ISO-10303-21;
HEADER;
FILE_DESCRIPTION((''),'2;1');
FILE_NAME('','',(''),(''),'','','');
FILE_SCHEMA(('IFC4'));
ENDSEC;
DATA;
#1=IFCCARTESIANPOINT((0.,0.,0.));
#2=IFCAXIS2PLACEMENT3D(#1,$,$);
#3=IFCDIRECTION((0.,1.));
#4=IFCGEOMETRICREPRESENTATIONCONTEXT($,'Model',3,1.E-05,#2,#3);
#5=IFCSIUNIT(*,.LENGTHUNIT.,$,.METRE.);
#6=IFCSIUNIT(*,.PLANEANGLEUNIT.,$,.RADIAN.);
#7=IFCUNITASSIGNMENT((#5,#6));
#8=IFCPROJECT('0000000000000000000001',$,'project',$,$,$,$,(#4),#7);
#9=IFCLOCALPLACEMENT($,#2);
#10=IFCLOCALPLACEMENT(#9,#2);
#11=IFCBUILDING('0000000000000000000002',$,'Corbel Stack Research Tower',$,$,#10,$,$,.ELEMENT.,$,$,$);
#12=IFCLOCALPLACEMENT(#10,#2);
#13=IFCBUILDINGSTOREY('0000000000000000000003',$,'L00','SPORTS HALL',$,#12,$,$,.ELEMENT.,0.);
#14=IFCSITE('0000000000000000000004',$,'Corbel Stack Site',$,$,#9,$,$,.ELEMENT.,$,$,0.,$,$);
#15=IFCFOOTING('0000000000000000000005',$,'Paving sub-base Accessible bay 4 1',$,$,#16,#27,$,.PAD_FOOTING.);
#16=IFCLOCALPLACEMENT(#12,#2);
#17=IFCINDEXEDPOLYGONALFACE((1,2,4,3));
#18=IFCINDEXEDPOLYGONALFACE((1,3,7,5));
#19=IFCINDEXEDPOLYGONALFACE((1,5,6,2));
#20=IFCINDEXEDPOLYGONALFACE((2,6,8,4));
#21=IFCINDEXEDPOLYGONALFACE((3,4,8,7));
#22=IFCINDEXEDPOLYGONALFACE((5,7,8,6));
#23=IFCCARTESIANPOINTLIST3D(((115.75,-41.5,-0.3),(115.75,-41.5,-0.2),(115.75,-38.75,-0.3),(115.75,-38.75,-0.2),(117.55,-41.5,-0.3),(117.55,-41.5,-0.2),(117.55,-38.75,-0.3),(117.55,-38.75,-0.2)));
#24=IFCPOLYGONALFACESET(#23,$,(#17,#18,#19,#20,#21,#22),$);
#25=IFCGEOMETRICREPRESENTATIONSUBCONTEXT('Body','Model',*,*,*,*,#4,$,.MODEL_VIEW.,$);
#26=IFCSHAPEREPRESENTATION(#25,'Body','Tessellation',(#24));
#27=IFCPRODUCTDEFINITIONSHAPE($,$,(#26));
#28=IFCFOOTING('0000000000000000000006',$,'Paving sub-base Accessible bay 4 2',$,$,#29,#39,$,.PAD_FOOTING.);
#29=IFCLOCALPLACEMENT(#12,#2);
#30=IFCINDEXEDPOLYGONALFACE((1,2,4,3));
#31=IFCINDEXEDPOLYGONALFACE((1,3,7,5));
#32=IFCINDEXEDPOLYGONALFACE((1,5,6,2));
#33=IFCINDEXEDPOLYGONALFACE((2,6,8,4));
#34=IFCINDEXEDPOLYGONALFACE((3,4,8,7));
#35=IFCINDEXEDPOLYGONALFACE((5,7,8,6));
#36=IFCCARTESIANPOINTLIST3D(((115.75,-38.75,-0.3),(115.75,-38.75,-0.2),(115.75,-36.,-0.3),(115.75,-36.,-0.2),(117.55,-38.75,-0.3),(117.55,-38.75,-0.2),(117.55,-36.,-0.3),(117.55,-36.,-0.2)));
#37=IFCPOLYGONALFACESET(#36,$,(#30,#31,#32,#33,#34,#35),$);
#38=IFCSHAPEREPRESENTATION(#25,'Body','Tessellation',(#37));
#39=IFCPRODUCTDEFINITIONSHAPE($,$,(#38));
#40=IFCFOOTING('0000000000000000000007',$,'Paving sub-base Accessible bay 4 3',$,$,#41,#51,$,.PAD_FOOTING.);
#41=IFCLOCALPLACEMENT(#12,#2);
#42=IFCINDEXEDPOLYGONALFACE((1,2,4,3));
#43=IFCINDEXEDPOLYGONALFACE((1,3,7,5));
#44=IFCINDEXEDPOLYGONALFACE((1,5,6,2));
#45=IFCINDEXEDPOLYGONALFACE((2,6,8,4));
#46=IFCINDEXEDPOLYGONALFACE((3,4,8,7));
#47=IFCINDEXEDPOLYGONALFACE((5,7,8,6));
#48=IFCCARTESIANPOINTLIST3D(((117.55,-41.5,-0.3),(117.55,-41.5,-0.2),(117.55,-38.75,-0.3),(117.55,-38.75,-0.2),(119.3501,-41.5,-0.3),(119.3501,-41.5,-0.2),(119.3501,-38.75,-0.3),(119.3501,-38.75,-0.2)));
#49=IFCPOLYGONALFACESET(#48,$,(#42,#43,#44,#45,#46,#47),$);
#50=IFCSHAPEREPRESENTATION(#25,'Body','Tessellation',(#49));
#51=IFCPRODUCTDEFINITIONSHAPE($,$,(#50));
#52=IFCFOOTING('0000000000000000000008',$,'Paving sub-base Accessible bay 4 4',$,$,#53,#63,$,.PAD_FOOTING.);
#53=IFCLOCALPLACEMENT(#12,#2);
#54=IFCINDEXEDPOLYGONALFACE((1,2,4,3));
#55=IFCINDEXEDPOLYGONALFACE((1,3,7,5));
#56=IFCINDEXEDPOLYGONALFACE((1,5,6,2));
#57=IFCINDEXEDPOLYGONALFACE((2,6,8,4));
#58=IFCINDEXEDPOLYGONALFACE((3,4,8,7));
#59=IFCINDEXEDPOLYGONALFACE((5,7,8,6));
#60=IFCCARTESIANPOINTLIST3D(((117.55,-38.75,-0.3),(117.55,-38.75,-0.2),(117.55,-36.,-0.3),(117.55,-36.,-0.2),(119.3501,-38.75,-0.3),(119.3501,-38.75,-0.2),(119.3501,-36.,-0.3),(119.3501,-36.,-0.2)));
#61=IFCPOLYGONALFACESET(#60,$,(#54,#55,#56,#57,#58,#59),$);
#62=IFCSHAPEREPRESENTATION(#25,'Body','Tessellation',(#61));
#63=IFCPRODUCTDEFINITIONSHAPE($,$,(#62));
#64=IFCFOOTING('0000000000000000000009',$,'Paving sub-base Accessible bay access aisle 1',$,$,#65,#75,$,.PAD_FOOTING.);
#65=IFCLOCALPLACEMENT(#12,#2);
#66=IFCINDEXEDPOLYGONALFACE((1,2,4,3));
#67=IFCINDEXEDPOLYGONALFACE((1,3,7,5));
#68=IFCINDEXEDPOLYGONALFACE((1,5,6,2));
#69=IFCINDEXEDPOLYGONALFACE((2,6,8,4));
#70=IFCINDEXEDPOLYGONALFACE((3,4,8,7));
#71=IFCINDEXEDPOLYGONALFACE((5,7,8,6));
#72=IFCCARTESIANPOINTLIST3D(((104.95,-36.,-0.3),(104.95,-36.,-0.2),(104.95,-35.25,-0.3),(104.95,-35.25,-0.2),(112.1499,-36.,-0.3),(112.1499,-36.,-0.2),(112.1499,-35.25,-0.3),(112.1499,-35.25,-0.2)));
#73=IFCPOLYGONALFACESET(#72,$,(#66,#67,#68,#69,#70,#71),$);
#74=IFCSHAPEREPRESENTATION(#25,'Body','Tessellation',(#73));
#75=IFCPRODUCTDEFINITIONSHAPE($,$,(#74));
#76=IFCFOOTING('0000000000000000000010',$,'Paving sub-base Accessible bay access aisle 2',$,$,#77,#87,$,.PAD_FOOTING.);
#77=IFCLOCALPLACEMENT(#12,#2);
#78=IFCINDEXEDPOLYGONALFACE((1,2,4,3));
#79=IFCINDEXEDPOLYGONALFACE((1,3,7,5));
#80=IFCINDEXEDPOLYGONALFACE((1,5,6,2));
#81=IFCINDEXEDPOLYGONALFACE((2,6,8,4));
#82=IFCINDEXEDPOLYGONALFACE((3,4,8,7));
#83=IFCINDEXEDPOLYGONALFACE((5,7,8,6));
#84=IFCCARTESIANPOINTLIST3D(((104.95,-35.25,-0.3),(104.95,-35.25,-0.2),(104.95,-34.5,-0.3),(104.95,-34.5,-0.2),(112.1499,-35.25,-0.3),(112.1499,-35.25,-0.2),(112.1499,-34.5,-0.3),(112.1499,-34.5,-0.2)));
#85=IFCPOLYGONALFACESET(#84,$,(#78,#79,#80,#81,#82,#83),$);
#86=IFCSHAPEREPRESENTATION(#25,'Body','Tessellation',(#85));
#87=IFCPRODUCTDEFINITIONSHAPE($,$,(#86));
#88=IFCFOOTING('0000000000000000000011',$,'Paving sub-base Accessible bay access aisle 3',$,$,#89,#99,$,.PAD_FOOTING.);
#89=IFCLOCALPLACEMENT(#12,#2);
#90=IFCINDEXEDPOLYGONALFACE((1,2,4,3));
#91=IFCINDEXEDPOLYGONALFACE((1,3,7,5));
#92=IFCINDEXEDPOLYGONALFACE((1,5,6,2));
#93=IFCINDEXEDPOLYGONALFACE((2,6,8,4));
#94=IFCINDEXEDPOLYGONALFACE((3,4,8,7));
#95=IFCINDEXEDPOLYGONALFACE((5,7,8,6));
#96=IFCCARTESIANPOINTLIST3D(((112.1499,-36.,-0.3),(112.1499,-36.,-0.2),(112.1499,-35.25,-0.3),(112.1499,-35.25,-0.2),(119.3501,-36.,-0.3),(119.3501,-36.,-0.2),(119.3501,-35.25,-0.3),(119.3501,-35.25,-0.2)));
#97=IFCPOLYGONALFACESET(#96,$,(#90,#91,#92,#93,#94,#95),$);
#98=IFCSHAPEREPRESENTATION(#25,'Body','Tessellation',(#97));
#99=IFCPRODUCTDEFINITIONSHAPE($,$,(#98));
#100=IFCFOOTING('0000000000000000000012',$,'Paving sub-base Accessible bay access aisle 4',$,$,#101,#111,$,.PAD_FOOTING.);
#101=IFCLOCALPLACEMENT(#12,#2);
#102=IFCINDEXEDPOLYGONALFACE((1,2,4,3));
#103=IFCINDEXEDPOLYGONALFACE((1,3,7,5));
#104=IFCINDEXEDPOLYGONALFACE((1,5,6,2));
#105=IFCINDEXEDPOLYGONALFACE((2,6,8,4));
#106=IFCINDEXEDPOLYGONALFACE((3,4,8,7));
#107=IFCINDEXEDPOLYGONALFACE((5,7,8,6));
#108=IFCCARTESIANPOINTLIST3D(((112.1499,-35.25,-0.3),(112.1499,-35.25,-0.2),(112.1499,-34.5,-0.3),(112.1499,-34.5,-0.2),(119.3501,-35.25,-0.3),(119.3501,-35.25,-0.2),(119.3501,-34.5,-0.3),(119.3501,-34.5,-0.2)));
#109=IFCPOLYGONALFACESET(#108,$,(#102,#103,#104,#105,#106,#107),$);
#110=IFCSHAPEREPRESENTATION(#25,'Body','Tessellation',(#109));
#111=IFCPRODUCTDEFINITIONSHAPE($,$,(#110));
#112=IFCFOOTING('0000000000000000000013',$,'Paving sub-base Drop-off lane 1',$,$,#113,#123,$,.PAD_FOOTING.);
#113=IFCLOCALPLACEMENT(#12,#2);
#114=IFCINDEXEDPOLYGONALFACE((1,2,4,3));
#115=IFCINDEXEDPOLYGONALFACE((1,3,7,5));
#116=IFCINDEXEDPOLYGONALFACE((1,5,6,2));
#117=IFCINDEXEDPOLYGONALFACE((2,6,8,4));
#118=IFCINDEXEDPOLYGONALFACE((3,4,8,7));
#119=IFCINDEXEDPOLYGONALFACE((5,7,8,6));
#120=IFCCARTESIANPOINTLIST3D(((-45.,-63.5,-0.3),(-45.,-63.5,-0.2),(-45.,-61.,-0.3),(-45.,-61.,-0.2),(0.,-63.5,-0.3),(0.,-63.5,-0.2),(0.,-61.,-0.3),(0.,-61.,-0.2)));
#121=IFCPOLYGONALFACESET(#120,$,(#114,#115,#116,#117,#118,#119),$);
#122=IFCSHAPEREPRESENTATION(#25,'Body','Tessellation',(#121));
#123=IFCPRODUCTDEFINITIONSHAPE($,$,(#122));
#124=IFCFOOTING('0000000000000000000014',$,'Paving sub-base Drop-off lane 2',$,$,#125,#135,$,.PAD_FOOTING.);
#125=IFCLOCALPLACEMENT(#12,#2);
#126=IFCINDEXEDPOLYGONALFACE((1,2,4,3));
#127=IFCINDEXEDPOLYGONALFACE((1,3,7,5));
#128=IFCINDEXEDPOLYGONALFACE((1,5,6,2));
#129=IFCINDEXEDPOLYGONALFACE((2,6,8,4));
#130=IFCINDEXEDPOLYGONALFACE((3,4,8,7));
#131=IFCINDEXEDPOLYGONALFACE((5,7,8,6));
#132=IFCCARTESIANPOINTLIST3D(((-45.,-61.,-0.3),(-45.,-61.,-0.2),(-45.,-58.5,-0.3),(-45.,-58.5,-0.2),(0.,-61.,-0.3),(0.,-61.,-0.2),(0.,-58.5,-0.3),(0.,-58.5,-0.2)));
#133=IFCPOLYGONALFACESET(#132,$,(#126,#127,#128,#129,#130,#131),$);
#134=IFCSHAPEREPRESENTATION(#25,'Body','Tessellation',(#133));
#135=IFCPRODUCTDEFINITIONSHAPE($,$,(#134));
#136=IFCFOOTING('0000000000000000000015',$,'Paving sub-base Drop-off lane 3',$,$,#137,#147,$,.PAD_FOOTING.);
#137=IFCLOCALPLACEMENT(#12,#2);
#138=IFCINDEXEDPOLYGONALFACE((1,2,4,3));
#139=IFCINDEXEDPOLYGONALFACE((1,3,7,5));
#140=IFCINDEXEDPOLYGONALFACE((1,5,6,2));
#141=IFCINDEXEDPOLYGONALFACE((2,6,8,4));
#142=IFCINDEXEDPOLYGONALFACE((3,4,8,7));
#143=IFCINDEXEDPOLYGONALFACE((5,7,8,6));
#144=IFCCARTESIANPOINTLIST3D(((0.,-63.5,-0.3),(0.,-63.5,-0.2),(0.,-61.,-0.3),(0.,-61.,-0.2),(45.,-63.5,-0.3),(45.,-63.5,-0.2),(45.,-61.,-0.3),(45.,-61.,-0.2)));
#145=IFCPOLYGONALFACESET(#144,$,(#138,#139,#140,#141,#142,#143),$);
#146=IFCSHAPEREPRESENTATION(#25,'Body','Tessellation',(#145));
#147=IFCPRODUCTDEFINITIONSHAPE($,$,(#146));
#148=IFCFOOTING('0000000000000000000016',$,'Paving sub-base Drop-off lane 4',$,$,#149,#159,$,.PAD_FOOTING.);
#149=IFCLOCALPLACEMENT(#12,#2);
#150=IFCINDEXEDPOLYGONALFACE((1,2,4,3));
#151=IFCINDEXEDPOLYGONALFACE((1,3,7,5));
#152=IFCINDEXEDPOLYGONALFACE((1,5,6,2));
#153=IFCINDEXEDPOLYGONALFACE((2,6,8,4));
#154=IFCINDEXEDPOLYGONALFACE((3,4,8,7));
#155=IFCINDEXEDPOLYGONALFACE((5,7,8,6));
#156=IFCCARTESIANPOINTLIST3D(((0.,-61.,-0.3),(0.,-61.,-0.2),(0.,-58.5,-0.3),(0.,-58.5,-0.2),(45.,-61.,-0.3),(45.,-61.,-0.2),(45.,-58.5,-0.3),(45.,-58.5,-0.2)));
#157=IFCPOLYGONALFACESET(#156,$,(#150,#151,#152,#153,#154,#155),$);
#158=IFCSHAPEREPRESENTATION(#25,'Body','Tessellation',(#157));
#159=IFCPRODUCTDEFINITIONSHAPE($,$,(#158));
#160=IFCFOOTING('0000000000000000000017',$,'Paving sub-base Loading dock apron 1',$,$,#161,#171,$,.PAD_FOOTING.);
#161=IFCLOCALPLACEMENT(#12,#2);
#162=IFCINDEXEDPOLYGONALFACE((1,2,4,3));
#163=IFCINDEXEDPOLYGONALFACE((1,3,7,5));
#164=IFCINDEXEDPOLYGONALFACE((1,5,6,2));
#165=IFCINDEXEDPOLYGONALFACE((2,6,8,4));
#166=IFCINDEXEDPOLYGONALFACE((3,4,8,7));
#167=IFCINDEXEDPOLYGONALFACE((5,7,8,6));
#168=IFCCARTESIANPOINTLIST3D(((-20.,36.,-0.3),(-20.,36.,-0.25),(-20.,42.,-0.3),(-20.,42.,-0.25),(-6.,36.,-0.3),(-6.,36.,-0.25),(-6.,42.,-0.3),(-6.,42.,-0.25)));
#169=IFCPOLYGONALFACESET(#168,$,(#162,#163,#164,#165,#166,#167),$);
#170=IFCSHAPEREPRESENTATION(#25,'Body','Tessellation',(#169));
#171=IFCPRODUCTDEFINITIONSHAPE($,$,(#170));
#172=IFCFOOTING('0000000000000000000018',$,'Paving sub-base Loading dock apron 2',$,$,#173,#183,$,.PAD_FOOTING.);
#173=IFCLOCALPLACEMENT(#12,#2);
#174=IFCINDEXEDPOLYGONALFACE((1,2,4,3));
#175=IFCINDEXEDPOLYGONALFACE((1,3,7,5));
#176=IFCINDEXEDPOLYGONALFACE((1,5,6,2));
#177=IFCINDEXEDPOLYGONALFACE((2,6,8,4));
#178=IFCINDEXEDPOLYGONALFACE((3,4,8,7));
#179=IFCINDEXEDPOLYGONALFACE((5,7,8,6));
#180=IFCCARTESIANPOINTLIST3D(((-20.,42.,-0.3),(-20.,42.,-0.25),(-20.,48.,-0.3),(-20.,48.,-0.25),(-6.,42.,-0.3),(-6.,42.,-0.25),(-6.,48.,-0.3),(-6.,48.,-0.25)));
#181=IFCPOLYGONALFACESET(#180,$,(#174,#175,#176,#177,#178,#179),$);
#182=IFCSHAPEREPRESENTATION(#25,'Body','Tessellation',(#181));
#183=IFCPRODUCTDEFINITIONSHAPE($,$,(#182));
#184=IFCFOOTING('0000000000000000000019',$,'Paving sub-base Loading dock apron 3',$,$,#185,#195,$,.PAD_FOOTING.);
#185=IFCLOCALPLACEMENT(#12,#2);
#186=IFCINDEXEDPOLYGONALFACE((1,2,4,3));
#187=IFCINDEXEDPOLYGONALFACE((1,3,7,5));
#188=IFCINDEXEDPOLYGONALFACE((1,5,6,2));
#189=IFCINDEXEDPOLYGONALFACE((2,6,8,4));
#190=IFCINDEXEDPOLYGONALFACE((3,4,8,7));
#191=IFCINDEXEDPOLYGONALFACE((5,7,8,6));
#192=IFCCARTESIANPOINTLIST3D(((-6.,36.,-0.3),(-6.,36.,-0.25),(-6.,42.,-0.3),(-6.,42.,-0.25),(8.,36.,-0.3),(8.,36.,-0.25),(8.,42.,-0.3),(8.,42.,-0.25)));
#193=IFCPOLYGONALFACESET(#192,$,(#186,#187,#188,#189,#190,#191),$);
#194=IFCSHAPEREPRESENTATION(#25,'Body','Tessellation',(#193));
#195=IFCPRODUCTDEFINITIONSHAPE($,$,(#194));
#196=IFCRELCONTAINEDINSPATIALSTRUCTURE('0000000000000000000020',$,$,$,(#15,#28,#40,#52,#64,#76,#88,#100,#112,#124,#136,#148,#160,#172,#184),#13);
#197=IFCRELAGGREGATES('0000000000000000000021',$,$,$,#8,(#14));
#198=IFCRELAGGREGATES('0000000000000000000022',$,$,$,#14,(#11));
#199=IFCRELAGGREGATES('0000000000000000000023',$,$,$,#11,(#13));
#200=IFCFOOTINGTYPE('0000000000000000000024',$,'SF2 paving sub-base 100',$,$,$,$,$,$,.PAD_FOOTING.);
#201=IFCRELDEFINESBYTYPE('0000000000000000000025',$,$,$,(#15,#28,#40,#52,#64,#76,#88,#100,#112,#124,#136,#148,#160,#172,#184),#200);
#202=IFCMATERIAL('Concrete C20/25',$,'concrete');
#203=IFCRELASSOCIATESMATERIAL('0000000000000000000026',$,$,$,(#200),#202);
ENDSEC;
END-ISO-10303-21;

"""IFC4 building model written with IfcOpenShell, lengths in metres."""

from ifc_helpers import new_model, si_unit, direction, frame, origin, place, context, subcontext, project, spatial, polyline, outline, extrude, material, type_object, element, save


model = new_model("IFC4")

# Units and contexts
model_context = context("Model", 3, precision=1e-05, world=origin(), true_north=direction((0.0, 1.0)))
body_context = subcontext(model_context, "Body", "Model", "MODEL_VIEW")
ifc_project = project(units=[si_unit("LENGTHUNIT", "METRE"), si_unit("PLANEANGLEUNIT", "RADIAN")], contexts=[model_context])

# Site, building, storey
site_placement = place(None, origin())
site = spatial("IfcSite", under=ifc_project, at=site_placement, Name="Corbel Stack Site", CompositionType="ELEMENT", RefElevation=0.0)
building_placement = place(site_placement, origin())
building = spatial("IfcBuilding", under=site, at=building_placement, Name="Corbel Stack Research Tower", CompositionType="ELEMENT")
storey_placement = place(building_placement, origin())
storey = spatial("IfcBuildingStorey", under=building, at=storey_placement, Name="L00", Description="SPORTS HALL", CompositionType="ELEMENT", Elevation=0.0)

# Footings
ifc_material_1 = material(Name="Concrete C20/25", Category="concrete")
footing_type = type_object("IfcFootingType", Name="SF2 paving sub-base 100", PredefinedType="PAD_FOOTING", material=ifc_material_1)
footing_1_placement = place(storey_placement, frame((0.0, 0.0, -0.3)))
element("IfcFooting", 1, at=footing_1_placement, inside=storey, type_object=footing_type, Name="Paving sub-base Accessible bay 4 1", PredefinedType="PAD_FOOTING", context=body_context, shape_type="SweptSolid", body=[
    extrude(outline(polyline([(117.55, -38.75), (117.55, -41.5), (115.75, -41.5), (115.75, -38.75), (117.55, -38.75)])), origin(), (0.0, 0.0, 1.0), 0.1001),
])
footing_2_placement = place(storey_placement, frame((0.0, 0.0, -0.3)))
element("IfcFooting", 2, at=footing_2_placement, inside=storey, type_object=footing_type, Name="Paving sub-base Accessible bay 4 2", PredefinedType="PAD_FOOTING", context=body_context, shape_type="SweptSolid", body=[
    extrude(outline(polyline([(117.55, -38.75), (115.75, -38.75), (115.75, -36.0), (117.55, -36.0), (117.55, -38.75)])), origin(), (0.0, 0.0, 1.0), 0.1001),
])
footing_3_placement = place(storey_placement, frame((0.0, 0.0, -0.3)))
element("IfcFooting", 3, at=footing_3_placement, inside=storey, type_object=footing_type, Name="Paving sub-base Accessible bay 4 3", PredefinedType="PAD_FOOTING", context=body_context, shape_type="SweptSolid", body=[
    extrude(outline(polyline([(119.3501, -41.5), (117.55, -41.5), (117.55, -38.75), (119.3501, -38.75), (119.3501, -41.5)])), origin(), (0.0, 0.0, 1.0), 0.1001),
])
footing_4_placement = place(storey_placement, frame((0.0, 0.0, -0.3)))
element("IfcFooting", 4, at=footing_4_placement, inside=storey, type_object=footing_type, Name="Paving sub-base Accessible bay 4 4", PredefinedType="PAD_FOOTING", context=body_context, shape_type="SweptSolid", body=[
    extrude(outline(polyline([(119.3501, -38.75), (117.55, -38.75), (117.55, -36.0), (119.3501, -36.0), (119.3501, -38.75)])), origin(), (0.0, 0.0, 1.0), 0.1001),
])
footing_5_placement = place(storey_placement, frame((0.0, 0.0, -0.3)))
element("IfcFooting", 5, at=footing_5_placement, inside=storey, type_object=footing_type, Name="Paving sub-base Accessible bay access aisle 1", PredefinedType="PAD_FOOTING", context=body_context, shape_type="SweptSolid", body=[
    extrude(outline(polyline([(112.1499, -35.25), (112.1499, -36.0), (104.95, -36.0), (104.95, -35.25), (112.1499, -35.25)])), origin(), (0.0, 0.0, 1.0), 0.1001),
])
footing_6_placement = place(storey_placement, frame((0.0, 0.0, -0.3)))
element("IfcFooting", 6, at=footing_6_placement, inside=storey, type_object=footing_type, Name="Paving sub-base Accessible bay access aisle 2", PredefinedType="PAD_FOOTING", context=body_context, shape_type="SweptSolid", body=[
    extrude(outline(polyline([(112.1499, -35.25), (104.95, -35.25), (104.95, -34.5), (112.1499, -34.5), (112.1499, -35.25)])), origin(), (0.0, 0.0, 1.0), 0.1001),
])
footing_7_placement = place(storey_placement, frame((0.0, 0.0, -0.3)))
element("IfcFooting", 7, at=footing_7_placement, inside=storey, type_object=footing_type, Name="Paving sub-base Accessible bay access aisle 3", PredefinedType="PAD_FOOTING", context=body_context, shape_type="SweptSolid", body=[
    extrude(outline(polyline([(119.3501, -36.0), (112.1499, -36.0), (112.1499, -35.25), (119.3501, -35.25), (119.3501, -36.0)])), origin(), (0.0, 0.0, 1.0), 0.1001),
])
footing_8_placement = place(storey_placement, frame((0.0, 0.0, -0.3)))
element("IfcFooting", 8, at=footing_8_placement, inside=storey, type_object=footing_type, Name="Paving sub-base Accessible bay access aisle 4", PredefinedType="PAD_FOOTING", context=body_context, shape_type="SweptSolid", body=[
    extrude(outline(polyline([(119.3501, -35.25), (112.1499, -35.25), (112.1499, -34.5), (119.3501, -34.5), (119.3501, -35.25)])), origin(), (0.0, 0.0, 1.0), 0.1001),
])
footing_9_placement = place(storey_placement, frame((0.0, 0.0, -0.3)))
element("IfcFooting", 9, at=footing_9_placement, inside=storey, type_object=footing_type, Name="Paving sub-base Drop-off lane 1", PredefinedType="PAD_FOOTING", context=body_context, shape_type="SweptSolid", body=[
    extrude(outline(polyline([(0.0, -61.0), (0.0, -63.5), (-45.0, -63.5), (-45.0, -61.0), (0.0, -61.0)])), origin(), (0.0, 0.0, 1.0), 0.1001),
])
footing_10_placement = place(storey_placement, frame((0.0, 0.0, -0.3)))
element("IfcFooting", 10, at=footing_10_placement, inside=storey, type_object=footing_type, Name="Paving sub-base Drop-off lane 2", PredefinedType="PAD_FOOTING", context=body_context, shape_type="SweptSolid", body=[
    extrude(outline(polyline([(0.0, -61.0), (-45.0, -61.0), (-45.0, -58.5), (0.0, -58.5), (0.0, -61.0)])), origin(), (0.0, 0.0, 1.0), 0.1001),
])
footing_11_placement = place(storey_placement, frame((0.0, 0.0, -0.3)))
element("IfcFooting", 11, at=footing_11_placement, inside=storey, type_object=footing_type, Name="Paving sub-base Drop-off lane 3", PredefinedType="PAD_FOOTING", context=body_context, shape_type="SweptSolid", body=[
    extrude(outline(polyline([(45.0, -63.5), (0.0, -63.5), (0.0, -61.0), (45.0, -61.0), (45.0, -63.5)])), origin(), (0.0, 0.0, 1.0), 0.1001),
])
footing_12_placement = place(storey_placement, frame((0.0, 0.0, -0.3)))
element("IfcFooting", 12, at=footing_12_placement, inside=storey, type_object=footing_type, Name="Paving sub-base Drop-off lane 4", PredefinedType="PAD_FOOTING", context=body_context, shape_type="SweptSolid", body=[
    extrude(outline(polyline([(45.0, -61.0), (0.0, -61.0), (0.0, -58.5), (45.0, -58.5), (45.0, -61.0)])), origin(), (0.0, 0.0, 1.0), 0.1001),
])
footing_13_placement = place(storey_placement, frame((0.0, 0.0, -0.3)))
element("IfcFooting", 13, at=footing_13_placement, inside=storey, type_object=footing_type, Name="Paving sub-base Loading dock apron 1", PredefinedType="PAD_FOOTING", context=body_context, shape_type="SweptSolid", body=[
    extrude(outline(polyline([(-6.0, 42.0), (-6.0, 36.0), (-20.0, 36.0), (-20.0, 42.0), (-6.0, 42.0)])), origin(), (0.0, 0.0, 1.0), 0.05),
])
footing_14_placement = place(storey_placement, frame((0.0, 0.0, -0.3)))
element("IfcFooting", 14, at=footing_14_placement, inside=storey, type_object=footing_type, Name="Paving sub-base Loading dock apron 2", PredefinedType="PAD_FOOTING", context=body_context, shape_type="SweptSolid", body=[
    extrude(outline(polyline([(-6.0, 42.0), (-20.0, 42.0), (-20.0, 48.0), (-6.0, 48.0), (-6.0, 42.0)])), origin(), (0.0, 0.0, 1.0), 0.05),
])
footing_15_placement = place(storey_placement, frame((0.0, 0.0, -0.3)))
element("IfcFooting", 15, at=footing_15_placement, inside=storey, type_object=footing_type, Name="Paving sub-base Loading dock apron 3", PredefinedType="PAD_FOOTING", context=body_context, shape_type="SweptSolid", body=[
    extrude(outline(polyline([(8.0, 36.0), (-6.0, 36.0), (-6.0, 42.0), (8.0, 42.0), (8.0, 36.0)])), origin(), (0.0, 0.0, 1.0), 0.05),
])

save(model, "model.ifc")
